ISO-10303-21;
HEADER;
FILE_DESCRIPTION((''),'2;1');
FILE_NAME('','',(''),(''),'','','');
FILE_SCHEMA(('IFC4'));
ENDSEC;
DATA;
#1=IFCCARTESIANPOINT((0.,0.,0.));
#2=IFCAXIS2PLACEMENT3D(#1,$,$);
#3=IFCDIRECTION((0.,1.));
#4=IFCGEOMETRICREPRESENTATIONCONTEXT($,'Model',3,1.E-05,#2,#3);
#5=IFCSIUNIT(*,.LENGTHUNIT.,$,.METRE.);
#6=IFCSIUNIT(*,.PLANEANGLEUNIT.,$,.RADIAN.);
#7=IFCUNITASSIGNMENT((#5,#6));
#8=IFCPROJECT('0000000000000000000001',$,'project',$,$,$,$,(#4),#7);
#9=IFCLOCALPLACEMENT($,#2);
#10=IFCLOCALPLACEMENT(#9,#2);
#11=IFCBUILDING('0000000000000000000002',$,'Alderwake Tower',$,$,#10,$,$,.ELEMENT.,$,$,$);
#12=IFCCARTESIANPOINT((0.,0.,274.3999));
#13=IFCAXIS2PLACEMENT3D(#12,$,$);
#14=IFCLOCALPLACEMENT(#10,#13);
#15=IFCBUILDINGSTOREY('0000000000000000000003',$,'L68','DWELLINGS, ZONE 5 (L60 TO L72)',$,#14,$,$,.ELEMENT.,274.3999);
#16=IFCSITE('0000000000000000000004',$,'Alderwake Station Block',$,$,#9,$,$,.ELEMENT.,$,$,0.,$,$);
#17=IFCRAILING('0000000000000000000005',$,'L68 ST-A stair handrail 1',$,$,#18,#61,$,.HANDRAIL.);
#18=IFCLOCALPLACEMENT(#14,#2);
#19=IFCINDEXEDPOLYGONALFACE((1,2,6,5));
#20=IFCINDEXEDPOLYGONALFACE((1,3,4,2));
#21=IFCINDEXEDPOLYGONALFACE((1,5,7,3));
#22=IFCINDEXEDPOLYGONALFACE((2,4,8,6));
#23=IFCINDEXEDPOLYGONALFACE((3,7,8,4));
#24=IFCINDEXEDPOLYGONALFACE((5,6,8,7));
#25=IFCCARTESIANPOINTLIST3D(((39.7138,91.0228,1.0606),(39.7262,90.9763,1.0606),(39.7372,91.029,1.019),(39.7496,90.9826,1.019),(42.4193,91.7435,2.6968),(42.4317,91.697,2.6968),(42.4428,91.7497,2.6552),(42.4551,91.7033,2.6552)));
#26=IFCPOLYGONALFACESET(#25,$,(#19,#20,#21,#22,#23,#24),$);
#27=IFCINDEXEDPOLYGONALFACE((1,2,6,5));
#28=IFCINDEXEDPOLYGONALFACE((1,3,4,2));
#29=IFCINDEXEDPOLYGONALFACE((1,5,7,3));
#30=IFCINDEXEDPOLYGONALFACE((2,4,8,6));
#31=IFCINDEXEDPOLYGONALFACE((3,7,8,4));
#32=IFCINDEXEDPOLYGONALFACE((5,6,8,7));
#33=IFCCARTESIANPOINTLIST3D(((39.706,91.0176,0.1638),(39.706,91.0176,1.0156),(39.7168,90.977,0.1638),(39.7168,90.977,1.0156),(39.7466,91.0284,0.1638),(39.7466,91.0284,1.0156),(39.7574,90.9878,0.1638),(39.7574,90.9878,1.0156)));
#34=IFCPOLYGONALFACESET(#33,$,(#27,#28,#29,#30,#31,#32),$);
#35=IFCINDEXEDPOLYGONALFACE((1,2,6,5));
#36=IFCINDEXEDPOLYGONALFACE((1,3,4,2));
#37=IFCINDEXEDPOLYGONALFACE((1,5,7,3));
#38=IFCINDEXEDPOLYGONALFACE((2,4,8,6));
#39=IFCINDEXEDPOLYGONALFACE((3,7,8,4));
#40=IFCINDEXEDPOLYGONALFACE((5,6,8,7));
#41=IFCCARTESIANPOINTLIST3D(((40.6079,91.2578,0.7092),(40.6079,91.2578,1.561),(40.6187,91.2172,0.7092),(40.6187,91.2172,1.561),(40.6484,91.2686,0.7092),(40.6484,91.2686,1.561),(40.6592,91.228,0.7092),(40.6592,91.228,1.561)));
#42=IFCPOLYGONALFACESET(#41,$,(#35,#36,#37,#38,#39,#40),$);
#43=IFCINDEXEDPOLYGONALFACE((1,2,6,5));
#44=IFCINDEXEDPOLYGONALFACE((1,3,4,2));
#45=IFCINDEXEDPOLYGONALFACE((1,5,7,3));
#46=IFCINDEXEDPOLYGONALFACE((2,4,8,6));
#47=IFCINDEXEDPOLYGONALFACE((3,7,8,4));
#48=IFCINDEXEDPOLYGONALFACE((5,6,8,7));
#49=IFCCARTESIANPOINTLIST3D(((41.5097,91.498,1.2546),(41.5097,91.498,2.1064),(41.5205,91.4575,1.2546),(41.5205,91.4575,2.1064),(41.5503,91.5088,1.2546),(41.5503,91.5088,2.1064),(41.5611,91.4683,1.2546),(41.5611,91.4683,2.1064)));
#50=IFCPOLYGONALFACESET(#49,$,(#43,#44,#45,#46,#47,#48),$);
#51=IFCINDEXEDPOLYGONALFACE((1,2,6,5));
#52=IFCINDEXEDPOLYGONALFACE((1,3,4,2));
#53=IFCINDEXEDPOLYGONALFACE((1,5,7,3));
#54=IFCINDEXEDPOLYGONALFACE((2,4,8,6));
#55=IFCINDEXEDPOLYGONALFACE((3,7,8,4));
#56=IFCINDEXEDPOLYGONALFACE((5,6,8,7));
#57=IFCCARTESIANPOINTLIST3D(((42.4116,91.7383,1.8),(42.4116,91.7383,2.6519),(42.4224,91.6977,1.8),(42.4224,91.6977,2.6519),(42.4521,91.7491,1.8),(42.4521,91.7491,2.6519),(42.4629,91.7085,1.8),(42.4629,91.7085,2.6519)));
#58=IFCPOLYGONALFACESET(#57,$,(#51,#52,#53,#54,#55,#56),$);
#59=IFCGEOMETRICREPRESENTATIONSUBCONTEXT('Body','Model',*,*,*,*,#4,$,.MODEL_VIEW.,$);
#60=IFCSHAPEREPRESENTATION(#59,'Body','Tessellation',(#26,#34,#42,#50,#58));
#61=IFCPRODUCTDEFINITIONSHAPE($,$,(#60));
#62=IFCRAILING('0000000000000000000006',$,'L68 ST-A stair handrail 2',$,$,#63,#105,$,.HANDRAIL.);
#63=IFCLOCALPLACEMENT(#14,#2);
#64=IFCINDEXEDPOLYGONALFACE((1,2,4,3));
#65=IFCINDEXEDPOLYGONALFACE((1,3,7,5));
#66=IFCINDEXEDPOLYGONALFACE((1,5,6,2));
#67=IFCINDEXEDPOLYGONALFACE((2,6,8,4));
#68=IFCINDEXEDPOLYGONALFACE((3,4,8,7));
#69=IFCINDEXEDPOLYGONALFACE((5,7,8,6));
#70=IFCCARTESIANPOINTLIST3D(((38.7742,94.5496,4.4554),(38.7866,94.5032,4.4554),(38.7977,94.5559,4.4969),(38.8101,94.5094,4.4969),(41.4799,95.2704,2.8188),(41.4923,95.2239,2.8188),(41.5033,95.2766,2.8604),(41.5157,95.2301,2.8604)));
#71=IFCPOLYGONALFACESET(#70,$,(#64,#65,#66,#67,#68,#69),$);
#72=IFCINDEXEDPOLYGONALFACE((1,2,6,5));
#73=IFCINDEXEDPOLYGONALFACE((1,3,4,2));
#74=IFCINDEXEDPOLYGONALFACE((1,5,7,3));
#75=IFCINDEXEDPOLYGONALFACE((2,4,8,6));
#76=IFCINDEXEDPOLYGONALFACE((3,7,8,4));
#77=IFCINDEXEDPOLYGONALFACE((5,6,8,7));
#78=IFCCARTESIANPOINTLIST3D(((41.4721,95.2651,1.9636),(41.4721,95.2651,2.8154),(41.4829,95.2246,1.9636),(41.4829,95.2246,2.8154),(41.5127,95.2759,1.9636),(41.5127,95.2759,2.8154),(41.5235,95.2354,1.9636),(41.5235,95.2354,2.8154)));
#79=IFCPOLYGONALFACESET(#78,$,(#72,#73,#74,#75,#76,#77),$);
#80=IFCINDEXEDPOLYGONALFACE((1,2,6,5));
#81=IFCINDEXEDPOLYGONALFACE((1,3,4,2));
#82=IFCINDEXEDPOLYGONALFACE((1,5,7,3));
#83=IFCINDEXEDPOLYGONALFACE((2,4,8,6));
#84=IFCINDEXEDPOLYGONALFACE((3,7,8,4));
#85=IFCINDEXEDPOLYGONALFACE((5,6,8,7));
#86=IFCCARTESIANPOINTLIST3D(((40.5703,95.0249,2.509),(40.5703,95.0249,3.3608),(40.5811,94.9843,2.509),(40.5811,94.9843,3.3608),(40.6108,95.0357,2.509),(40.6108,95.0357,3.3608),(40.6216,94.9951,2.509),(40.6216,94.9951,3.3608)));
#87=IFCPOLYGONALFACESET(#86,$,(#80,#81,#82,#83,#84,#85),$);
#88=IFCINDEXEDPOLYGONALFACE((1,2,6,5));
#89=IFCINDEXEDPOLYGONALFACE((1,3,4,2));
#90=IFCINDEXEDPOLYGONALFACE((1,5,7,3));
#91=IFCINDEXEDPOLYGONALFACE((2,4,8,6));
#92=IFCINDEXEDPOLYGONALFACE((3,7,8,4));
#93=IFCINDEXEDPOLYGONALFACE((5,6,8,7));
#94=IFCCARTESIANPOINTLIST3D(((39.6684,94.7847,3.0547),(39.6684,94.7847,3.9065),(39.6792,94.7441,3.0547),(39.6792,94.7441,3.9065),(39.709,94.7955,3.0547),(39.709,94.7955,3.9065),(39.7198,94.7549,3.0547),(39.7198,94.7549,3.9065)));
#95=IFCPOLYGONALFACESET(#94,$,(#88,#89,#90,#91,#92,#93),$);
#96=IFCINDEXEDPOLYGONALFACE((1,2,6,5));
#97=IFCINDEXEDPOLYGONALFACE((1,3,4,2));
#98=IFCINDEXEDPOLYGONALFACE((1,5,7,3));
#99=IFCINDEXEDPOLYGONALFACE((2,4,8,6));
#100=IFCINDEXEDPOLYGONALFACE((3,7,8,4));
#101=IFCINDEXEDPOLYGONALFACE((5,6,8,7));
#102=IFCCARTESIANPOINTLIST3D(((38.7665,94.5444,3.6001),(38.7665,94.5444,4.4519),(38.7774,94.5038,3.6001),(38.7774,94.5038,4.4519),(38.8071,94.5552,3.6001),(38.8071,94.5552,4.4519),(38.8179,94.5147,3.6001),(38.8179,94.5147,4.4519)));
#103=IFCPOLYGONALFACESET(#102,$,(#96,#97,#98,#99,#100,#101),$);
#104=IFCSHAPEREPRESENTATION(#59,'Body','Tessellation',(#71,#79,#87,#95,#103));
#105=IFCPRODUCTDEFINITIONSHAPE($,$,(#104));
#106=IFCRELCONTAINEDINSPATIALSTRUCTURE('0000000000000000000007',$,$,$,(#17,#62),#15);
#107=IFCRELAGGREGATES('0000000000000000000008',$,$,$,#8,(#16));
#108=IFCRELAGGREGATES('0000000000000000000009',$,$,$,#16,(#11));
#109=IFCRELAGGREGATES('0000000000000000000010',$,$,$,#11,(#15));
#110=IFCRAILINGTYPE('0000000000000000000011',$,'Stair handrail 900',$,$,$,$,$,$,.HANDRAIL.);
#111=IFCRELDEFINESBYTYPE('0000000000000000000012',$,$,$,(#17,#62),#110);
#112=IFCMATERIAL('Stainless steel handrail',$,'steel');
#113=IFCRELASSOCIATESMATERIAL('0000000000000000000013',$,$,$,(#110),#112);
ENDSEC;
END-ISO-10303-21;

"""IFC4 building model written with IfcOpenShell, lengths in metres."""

from ifc_helpers import new_model, si_unit, direction, frame, origin, origin_2d, place, context, subcontext, project, spatial, rectangle, extrude, material, type_object, element, save


model = new_model("IFC4")

# Units and contexts
model_context = context("Model", 3, precision=1e-05, world=origin(), true_north=direction((0.0, 1.0)))
body_context = subcontext(model_context, "Body", "Model", "MODEL_VIEW")
ifc_project = project(units=[si_unit("LENGTHUNIT", "METRE"), si_unit("PLANEANGLEUNIT", "RADIAN")], contexts=[model_context])

# Site, building, storey
site_placement = place(None, origin())
site = spatial("IfcSite", under=ifc_project, at=site_placement, Name="Alderwake Station Block", CompositionType="ELEMENT", RefElevation=0.0)
building_placement = place(site_placement, origin())
building = spatial("IfcBuilding", under=site, at=building_placement, Name="Alderwake Tower", CompositionType="ELEMENT")
storey_placement = place(building_placement, frame((0.0, 0.0, 274.3999)))
storey = spatial("IfcBuildingStorey", under=building, at=storey_placement, Name="L68", Description="DWELLINGS, ZONE 5 (L60 TO L72)", CompositionType="ELEMENT", Elevation=274.3999)

# Railings
ifc_material_1 = material(Name="Stainless steel handrail", Category="steel")
railing_type_1 = type_object("IfcRailingType", Name="Stair handrail 900", PredefinedType="HANDRAIL", material=ifc_material_1)
railing_1_placement = place(storey_placement, frame((39.7317, 91.0027, 0.1638)))
element("IfcRailing", 1, at=railing_1_placement, inside=storey, type_object=railing_type_1, Name="L68 ST-A stair handrail 1", PredefinedType="HANDRAIL", context=body_context, shape_type="SweptSolid", body=[
    extrude(rectangle(XDim=0.0481, YDim=0.0481, at=origin_2d()), frame((0.0, 0.0, 0.876), z_axis=(0.834291, 0.222237, 0.504549), x_axis=(-0.257402, 0.966304, 0.0)), (0.0, 0.0, 1.0), 3.2429),
    extrude(rectangle(XDim=0.042, YDim=0.042, at=origin_2d()), frame((0.0, 0.0, 0.0), z_axis=(0.0, 0.0, 1.0), x_axis=(0.966304, 0.257402, 0.0)), (0.0, 0.0, 1.0), 0.8518),
    extrude(rectangle(XDim=0.042, YDim=0.042, at=origin_2d()), frame((0.9019, 0.2402, 0.5454), z_axis=(0.0, 0.0, 1.0), x_axis=(0.966304, 0.257402, 0.0)), (0.0, 0.0, 1.0), 0.8518),
    extrude(rectangle(XDim=0.042, YDim=0.042, at=origin_2d()), frame((1.8037, 0.4805, 1.0908), z_axis=(0.0, 0.0, 1.0), x_axis=(0.966304, 0.257402, 0.0)), (0.0, 0.0, 1.0), 0.8518),
    extrude(rectangle(XDim=0.042, YDim=0.042, at=origin_2d()), frame((2.7056, 0.7207, 1.6362), z_axis=(0.0, 0.0, 1.0), x_axis=(0.966304, 0.257402, 0.0)), (0.0, 0.0, 1.0), 0.8518),
])
railing_2_placement = place(storey_placement, frame((41.4978, 95.2502, 1.9636)))
element("IfcRailing", 2, at=railing_2_placement, inside=storey, type_object=railing_type_1, Name="L68 ST-A stair handrail 2", PredefinedType="HANDRAIL", context=body_context, shape_type="SweptSolid", body=[
    extrude(rectangle(XDim=0.0481, YDim=0.0481, at=origin_2d()), frame((0.0, 0.0, 0.876), z_axis=(-0.834259, -0.222228, 0.504605), x_axis=(0.257402, -0.966304, 0.0)), (0.0, 0.0, 1.0), 3.2432),
    extrude(rectangle(XDim=0.042, YDim=0.042, at=origin_2d()), frame((0.0, 0.0, 0.0), z_axis=(0.0, 0.0, 1.0), x_axis=(-0.966304, -0.257402, 0.0)), (0.0, 0.0, 1.0), 0.8518),
    extrude(rectangle(XDim=0.042, YDim=0.042, at=origin_2d()), frame((-0.9019, -0.2402, 0.5454), z_axis=(0.0, 0.0, 1.0), x_axis=(-0.966304, -0.257402, 0.0)), (0.0, 0.0, 1.0), 0.8518),
    extrude(rectangle(XDim=0.042, YDim=0.042, at=origin_2d()), frame((-1.8037, -0.4805, 1.0911), z_axis=(0.0, 0.0, 1.0), x_axis=(-0.966304, -0.257402, 0.0)), (0.0, 0.0, 1.0), 0.8518),
    extrude(rectangle(XDim=0.042, YDim=0.042, at=origin_2d()), frame((-2.7056, -0.7207, 1.6365), z_axis=(0.0, 0.0, 1.0), x_axis=(-0.966304, -0.257402, 0.0)), (0.0, 0.0, 1.0), 0.8518),
])

save(model, "model.ifc")
